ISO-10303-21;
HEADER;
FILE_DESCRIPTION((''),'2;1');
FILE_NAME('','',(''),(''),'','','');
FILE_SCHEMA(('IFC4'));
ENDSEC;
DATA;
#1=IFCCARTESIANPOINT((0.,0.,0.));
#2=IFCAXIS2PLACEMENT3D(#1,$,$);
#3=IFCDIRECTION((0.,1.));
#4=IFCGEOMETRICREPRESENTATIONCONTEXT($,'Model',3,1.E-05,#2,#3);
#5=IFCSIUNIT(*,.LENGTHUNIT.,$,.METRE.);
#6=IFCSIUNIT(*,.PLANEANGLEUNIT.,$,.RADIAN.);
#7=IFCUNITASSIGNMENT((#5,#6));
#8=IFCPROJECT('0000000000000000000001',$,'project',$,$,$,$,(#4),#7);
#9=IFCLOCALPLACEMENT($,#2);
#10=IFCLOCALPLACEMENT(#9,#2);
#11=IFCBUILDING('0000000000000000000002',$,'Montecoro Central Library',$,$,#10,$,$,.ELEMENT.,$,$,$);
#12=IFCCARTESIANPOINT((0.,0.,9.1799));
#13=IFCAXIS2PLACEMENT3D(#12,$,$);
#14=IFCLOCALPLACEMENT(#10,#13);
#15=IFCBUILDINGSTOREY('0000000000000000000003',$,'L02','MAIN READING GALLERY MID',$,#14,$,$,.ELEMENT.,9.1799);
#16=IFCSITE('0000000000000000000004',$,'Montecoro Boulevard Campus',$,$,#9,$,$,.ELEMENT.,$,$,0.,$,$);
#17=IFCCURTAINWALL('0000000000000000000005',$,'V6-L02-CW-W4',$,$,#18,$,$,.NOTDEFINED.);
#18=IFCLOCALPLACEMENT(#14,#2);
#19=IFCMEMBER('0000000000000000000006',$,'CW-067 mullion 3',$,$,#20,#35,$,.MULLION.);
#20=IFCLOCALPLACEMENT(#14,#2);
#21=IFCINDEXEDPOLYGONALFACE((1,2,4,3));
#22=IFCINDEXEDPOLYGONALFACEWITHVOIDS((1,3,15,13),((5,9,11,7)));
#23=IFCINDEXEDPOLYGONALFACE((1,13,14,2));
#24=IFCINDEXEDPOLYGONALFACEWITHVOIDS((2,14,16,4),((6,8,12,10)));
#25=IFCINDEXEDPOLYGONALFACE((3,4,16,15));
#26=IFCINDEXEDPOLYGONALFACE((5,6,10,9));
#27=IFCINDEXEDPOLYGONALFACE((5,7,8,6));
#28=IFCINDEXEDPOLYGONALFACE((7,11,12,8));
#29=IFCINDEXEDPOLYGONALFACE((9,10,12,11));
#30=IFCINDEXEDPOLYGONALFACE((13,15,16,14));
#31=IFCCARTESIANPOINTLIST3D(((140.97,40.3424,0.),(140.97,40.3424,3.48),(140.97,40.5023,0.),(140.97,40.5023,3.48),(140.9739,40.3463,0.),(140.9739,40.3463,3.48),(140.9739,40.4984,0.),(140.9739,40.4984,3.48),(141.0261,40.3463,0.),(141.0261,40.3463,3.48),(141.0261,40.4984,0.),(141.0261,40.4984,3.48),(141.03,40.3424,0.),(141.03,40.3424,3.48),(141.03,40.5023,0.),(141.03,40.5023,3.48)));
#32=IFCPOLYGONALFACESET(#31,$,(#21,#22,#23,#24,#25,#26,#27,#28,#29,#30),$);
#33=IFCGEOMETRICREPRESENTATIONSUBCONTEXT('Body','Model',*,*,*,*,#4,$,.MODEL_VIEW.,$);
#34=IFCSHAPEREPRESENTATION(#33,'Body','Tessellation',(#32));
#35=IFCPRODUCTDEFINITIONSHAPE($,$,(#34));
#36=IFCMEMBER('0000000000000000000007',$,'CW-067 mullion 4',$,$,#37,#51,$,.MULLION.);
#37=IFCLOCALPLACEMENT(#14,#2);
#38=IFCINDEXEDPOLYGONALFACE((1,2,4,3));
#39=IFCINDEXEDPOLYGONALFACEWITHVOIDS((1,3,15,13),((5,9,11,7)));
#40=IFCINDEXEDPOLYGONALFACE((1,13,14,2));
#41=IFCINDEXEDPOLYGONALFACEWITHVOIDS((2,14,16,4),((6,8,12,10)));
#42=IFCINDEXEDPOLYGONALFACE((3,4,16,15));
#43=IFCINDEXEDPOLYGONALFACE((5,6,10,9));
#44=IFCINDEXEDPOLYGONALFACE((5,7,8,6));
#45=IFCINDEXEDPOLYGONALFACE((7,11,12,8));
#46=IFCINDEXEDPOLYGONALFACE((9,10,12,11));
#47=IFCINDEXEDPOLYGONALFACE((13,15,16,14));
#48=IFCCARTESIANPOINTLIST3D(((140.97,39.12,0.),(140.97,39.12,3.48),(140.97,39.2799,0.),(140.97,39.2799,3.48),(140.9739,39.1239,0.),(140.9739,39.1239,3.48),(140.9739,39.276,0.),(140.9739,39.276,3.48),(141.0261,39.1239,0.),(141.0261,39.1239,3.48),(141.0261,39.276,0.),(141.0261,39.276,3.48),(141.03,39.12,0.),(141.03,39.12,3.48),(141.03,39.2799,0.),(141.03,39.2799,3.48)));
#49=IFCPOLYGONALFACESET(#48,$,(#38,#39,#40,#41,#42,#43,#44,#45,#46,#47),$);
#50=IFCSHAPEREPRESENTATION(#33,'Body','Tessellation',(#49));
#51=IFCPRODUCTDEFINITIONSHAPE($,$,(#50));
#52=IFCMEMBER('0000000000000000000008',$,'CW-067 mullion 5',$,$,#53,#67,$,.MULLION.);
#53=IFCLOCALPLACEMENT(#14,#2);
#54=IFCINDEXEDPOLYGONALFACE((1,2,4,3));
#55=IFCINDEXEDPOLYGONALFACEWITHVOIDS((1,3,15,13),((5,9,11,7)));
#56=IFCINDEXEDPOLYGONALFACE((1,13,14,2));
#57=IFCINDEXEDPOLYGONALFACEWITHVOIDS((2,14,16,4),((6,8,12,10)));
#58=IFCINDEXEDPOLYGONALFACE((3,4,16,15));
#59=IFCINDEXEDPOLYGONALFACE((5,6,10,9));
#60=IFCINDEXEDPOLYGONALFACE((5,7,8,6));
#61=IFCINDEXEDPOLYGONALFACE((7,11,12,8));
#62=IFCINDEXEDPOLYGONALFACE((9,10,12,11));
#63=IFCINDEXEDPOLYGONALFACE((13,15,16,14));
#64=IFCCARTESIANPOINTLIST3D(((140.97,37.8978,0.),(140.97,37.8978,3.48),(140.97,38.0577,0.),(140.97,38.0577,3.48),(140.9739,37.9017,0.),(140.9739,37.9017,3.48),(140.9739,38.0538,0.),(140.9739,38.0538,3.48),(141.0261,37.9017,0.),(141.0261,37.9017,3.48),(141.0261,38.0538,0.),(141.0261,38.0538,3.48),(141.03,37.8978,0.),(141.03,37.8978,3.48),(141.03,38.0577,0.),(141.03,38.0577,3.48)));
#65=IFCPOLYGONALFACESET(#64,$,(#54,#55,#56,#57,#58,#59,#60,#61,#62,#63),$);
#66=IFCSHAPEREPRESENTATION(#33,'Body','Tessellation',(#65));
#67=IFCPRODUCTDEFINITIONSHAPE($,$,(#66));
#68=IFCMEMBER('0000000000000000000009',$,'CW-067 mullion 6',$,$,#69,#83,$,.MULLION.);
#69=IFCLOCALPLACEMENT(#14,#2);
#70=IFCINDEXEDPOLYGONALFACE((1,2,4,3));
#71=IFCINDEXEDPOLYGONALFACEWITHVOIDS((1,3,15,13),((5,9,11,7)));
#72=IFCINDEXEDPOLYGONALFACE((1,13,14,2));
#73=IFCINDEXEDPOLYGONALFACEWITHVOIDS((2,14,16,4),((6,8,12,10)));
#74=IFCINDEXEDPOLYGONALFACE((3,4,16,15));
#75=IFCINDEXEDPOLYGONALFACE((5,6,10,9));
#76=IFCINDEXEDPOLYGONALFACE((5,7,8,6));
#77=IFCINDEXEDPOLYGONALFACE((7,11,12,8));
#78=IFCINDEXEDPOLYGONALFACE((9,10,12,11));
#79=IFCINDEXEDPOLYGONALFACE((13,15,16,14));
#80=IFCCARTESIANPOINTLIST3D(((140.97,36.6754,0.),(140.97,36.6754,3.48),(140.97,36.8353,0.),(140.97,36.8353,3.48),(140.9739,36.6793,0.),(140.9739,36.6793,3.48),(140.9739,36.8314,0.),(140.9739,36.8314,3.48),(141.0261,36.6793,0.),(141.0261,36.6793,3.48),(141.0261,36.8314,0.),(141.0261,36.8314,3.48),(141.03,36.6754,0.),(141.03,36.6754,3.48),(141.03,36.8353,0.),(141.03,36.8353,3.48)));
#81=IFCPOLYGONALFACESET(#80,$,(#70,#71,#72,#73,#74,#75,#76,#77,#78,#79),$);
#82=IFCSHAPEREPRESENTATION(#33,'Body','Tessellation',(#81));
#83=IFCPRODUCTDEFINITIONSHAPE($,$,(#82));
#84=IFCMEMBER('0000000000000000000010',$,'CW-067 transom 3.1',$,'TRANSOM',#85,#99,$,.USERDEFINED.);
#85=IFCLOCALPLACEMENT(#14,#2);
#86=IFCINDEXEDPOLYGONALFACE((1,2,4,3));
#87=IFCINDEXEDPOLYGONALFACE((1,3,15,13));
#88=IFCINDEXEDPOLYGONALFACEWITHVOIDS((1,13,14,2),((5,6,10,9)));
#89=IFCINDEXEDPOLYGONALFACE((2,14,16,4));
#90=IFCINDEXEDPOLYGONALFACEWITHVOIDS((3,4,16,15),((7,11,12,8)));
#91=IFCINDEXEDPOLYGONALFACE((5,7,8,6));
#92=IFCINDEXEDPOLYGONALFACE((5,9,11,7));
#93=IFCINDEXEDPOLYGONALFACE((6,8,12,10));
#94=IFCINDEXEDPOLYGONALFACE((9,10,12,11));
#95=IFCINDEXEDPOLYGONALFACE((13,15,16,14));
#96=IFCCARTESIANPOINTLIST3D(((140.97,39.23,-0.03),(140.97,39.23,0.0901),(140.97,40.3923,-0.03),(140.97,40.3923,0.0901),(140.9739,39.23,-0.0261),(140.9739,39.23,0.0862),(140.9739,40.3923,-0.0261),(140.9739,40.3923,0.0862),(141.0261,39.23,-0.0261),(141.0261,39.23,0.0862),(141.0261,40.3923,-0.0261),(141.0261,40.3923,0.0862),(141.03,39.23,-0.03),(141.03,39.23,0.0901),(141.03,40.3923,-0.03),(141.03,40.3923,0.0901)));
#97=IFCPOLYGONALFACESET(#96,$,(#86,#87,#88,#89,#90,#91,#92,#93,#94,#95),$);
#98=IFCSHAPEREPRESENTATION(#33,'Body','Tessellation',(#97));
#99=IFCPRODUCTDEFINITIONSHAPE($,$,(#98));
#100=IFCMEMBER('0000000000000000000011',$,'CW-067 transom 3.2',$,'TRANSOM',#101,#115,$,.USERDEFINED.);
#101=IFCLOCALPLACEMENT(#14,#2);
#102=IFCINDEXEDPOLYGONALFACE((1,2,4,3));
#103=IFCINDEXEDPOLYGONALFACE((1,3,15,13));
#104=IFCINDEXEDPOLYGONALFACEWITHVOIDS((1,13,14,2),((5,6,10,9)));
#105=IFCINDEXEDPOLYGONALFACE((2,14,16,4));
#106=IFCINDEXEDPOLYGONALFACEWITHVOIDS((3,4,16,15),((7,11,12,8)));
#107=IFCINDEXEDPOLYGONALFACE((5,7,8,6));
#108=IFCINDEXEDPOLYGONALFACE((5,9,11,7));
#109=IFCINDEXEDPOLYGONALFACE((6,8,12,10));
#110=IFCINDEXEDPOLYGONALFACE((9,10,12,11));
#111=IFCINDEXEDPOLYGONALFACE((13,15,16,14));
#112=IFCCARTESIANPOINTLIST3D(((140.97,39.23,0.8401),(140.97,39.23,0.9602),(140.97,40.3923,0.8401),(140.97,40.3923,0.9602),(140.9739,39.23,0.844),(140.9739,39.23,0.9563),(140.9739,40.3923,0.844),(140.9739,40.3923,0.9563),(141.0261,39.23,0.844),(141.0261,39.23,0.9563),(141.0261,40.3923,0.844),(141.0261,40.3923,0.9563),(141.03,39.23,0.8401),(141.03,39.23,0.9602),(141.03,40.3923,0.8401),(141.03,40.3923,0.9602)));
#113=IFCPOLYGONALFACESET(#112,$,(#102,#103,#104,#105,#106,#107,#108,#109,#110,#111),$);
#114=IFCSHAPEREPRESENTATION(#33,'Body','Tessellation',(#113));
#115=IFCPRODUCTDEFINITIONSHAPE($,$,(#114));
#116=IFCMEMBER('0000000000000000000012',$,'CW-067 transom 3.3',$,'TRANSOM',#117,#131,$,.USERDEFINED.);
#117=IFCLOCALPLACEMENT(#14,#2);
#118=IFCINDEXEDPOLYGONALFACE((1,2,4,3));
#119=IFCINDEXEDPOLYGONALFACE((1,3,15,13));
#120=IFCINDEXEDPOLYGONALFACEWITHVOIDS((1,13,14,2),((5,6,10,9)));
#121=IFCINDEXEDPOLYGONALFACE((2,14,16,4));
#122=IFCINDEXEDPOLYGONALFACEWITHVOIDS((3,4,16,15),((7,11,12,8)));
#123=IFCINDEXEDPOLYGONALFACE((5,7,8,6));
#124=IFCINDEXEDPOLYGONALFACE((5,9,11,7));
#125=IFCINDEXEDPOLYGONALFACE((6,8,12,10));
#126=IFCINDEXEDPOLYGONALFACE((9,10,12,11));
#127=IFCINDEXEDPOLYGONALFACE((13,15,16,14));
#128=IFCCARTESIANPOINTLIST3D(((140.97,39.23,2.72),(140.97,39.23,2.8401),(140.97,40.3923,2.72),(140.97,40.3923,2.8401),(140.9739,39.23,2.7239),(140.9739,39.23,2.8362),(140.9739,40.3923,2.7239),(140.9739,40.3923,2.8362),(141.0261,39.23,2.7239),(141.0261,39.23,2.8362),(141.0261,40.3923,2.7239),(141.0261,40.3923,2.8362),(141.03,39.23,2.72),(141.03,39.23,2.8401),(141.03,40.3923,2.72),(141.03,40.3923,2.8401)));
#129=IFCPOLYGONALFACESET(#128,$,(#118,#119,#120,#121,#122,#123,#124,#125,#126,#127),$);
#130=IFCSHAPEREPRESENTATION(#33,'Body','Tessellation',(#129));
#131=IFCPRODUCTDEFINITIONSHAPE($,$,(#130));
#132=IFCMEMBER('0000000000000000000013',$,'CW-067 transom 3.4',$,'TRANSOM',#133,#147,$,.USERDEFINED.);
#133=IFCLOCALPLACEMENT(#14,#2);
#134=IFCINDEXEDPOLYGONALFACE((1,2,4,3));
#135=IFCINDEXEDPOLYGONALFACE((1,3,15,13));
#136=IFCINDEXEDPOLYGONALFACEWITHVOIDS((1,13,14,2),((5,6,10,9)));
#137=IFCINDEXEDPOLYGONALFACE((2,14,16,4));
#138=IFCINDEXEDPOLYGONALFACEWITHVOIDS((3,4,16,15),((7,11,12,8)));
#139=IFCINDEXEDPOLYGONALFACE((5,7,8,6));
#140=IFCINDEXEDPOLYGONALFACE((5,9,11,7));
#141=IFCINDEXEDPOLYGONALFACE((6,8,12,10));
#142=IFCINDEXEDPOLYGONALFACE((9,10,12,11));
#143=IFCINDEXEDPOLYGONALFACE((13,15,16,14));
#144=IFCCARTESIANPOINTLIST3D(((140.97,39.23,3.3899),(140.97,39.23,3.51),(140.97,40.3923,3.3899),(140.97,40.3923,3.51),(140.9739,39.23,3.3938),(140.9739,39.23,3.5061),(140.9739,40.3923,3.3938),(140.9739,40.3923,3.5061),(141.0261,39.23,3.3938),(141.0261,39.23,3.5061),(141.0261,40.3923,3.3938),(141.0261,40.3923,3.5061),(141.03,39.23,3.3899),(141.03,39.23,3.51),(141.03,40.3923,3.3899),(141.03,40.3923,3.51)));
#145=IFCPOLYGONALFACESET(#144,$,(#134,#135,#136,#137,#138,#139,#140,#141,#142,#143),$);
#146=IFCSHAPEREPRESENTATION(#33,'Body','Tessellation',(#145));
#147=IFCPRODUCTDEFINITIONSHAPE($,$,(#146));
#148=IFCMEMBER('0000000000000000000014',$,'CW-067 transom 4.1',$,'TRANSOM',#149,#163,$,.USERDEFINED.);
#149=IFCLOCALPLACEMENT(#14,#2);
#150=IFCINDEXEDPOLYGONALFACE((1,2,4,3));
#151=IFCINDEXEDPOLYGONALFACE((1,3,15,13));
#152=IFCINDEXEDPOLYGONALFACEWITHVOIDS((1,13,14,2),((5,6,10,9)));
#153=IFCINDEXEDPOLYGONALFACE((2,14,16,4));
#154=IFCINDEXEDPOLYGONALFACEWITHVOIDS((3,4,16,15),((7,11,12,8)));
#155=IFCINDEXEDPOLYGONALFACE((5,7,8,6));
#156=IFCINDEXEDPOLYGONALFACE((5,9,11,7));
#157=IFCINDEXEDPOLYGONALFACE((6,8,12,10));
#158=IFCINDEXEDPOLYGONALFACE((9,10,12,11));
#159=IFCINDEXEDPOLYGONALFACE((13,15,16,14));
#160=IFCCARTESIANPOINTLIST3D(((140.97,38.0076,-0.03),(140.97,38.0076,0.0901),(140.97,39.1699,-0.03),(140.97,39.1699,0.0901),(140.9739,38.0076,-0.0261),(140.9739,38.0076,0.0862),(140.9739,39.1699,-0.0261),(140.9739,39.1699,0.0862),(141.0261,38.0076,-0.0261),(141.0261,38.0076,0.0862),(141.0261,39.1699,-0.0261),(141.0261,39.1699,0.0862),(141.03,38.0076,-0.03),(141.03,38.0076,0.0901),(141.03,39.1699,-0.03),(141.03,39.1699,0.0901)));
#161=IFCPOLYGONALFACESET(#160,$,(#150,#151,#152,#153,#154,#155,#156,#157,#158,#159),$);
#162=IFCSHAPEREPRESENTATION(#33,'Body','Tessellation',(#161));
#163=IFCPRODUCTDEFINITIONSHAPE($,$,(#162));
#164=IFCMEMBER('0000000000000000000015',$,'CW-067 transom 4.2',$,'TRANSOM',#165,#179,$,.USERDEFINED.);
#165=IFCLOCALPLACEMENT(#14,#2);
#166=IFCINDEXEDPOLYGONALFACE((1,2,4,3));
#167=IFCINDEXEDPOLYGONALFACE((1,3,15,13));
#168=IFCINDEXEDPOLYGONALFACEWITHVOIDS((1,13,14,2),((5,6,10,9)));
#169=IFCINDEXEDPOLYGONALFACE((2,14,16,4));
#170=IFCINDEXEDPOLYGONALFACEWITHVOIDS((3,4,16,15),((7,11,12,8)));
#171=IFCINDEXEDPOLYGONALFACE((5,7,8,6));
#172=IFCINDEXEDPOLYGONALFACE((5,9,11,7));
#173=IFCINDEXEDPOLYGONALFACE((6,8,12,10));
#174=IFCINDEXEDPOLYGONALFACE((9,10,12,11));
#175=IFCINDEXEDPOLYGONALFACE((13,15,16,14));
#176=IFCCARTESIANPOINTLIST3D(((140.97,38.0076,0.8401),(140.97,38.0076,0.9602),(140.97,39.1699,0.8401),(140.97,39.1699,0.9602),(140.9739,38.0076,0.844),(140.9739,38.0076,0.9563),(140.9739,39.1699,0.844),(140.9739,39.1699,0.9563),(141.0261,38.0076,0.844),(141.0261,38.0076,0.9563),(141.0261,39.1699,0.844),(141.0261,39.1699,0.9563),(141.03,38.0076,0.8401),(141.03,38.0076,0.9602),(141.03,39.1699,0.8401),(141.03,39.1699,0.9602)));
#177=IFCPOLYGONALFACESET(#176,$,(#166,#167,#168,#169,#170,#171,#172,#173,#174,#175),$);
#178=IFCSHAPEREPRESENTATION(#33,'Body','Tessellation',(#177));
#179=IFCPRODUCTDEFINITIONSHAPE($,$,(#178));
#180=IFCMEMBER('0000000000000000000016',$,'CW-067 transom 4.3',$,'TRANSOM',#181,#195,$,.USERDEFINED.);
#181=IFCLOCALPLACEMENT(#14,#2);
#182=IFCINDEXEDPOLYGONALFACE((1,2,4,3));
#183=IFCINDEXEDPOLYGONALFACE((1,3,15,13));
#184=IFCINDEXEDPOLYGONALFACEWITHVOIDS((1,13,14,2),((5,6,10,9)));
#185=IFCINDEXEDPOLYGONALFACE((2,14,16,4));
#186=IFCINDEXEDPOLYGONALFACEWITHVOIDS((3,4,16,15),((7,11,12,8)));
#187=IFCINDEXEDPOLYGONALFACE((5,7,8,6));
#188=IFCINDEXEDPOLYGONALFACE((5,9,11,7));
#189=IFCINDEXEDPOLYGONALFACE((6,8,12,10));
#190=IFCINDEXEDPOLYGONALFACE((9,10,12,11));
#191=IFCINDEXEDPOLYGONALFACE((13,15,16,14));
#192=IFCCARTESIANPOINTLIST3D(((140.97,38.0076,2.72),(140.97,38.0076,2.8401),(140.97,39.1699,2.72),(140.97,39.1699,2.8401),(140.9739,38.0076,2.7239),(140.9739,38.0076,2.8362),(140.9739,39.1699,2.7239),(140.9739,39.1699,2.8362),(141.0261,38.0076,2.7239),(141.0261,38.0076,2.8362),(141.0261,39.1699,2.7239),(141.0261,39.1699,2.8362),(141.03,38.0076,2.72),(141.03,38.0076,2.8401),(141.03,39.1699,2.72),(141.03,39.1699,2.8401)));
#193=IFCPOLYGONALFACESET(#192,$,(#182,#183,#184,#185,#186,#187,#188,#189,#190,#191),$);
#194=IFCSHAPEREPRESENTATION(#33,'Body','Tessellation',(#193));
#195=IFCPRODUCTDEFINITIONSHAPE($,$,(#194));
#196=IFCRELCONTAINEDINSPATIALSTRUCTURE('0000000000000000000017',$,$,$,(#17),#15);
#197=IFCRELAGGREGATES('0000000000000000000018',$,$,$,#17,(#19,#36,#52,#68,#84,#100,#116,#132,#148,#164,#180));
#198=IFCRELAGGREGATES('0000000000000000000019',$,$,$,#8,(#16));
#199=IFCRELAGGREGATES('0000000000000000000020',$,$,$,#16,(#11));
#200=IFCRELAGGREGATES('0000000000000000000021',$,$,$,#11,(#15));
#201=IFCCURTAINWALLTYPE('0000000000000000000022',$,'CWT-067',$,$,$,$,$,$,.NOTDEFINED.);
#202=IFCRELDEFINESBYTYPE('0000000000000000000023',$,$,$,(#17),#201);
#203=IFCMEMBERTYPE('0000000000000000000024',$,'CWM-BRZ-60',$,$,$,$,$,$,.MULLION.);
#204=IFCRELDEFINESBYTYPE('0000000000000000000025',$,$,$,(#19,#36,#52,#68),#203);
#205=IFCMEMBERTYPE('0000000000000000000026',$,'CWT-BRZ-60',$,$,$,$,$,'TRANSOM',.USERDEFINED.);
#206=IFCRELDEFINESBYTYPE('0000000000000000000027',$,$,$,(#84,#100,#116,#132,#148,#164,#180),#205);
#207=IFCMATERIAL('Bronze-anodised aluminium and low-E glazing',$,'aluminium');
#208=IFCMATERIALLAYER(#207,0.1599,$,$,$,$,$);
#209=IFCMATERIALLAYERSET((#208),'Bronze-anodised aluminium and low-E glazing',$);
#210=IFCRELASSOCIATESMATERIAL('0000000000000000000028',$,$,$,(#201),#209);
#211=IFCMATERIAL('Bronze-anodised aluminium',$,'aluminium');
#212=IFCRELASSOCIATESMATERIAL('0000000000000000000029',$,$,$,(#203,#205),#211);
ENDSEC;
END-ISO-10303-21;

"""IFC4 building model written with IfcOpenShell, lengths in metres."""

from ifc_helpers import new_model, si_unit, direction, frame, origin, origin_2d, place, context, subcontext, project, spatial, hollow_rectangle, extrude, material, layer, layer_set, material_profile, profile_set, type_object, element, aggregate, save


model = new_model("IFC4")

# Units and contexts
model_context = context("Model", 3, precision=1e-05, world=origin(), true_north=direction((0.0, 1.0)))
body_context = subcontext(model_context, "Body", "Model", "MODEL_VIEW")
ifc_project = project(units=[si_unit("LENGTHUNIT", "METRE"), si_unit("PLANEANGLEUNIT", "RADIAN")], contexts=[model_context])

# Site, building, storey
site_placement = place(None, origin())
site = spatial("IfcSite", under=ifc_project, at=site_placement, Name="Montecoro Boulevard Campus", CompositionType="ELEMENT", RefElevation=0.0)
building_placement = place(site_placement, origin())
building = spatial("IfcBuilding", under=site, at=building_placement, Name="Montecoro Central Library", CompositionType="ELEMENT")
storey_placement = place(building_placement, frame((0.0, 0.0, 9.1799)))
storey = spatial("IfcBuildingStorey", under=building, at=storey_placement, Name="L02", Description="MAIN READING GALLERY MID", CompositionType="ELEMENT", Elevation=9.1799)

# Curtain wall, members
ifc_material_1 = material(Name="Bronze-anodised aluminium and low-E glazing", Category="aluminium")
ifc_layer_1 = layer(ifc_material_1, 0.1599)
ifc_layer_set_1 = layer_set([ifc_layer_1], Name="Bronze-anodised aluminium and low-E glazing")
curtain_wall_type = type_object("IfcCurtainWallType", Name="CWT-067", PredefinedType="NOTDEFINED", material=ifc_layer_set_1)
curtain_wall_placement = place(storey_placement, origin())
curtain_wall = element("IfcCurtainWall", 1, at=curtain_wall_placement, inside=storey, type_object=curtain_wall_type, Name="V6-L02-CW-W4", PredefinedType="NOTDEFINED")
ifc_material_2 = material(Name="Bronze-anodised aluminium", Category="aluminium")
ifc_material_profile_1 = material_profile(ifc_material_2, hollow_rectangle(XDim=0.0601, YDim=0.1599, WallThickness=0.0039, at=origin_2d()), Name="CWM 160x60x4.0")
ifc_profile_set_1 = profile_set([ifc_material_profile_1], Name="Bronze-anodised aluminium")
member_type_1 = type_object("IfcMemberType", Name="CWM-BRZ-60", PredefinedType="MULLION", material=ifc_profile_set_1)
member_1_placement = place(storey_placement, frame((141.0, 40.4224, 0.0), z_axis=(0.0, 0.0, 1.0), x_axis=(1.0, 0.0, 0.0)))
member_1 = element("IfcMember", 2, at=member_1_placement, type_object=member_type_1, Name="CW-067 mullion 3", PredefinedType="MULLION", context=body_context, shape_type="SweptSolid", body=[
    extrude(hollow_rectangle(XDim=0.0601, YDim=0.1599, WallThickness=0.0039, at=origin_2d()), origin(), (0.0, 0.0, 1.0), 3.48),
])
member_2_placement = place(storey_placement, frame((141.0, 39.2, 0.0), z_axis=(0.0, 0.0, 1.0), x_axis=(1.0, 0.0, 0.0)))
member_2 = element("IfcMember", 3, at=member_2_placement, type_object=member_type_1, Name="CW-067 mullion 4", PredefinedType="MULLION", context=body_context, shape_type="SweptSolid", body=[
    extrude(hollow_rectangle(XDim=0.0601, YDim=0.1599, WallThickness=0.0039, at=origin_2d()), origin(), (0.0, 0.0, 1.0), 3.48),
])
member_3_placement = place(storey_placement, frame((141.0, 37.9778, 0.0), z_axis=(0.0, 0.0, 1.0), x_axis=(1.0, 0.0, 0.0)))
member_3 = element("IfcMember", 4, at=member_3_placement, type_object=member_type_1, Name="CW-067 mullion 5", PredefinedType="MULLION", context=body_context, shape_type="SweptSolid", body=[
    extrude(hollow_rectangle(XDim=0.0601, YDim=0.1599, WallThickness=0.0039, at=origin_2d()), origin(), (0.0, 0.0, 1.0), 3.48),
])
member_4_placement = place(storey_placement, frame((141.0, 36.7554, 0.0), z_axis=(0.0, 0.0, 1.0), x_axis=(1.0, 0.0, 0.0)))
member_4 = element("IfcMember", 5, at=member_4_placement, type_object=member_type_1, Name="CW-067 mullion 6", PredefinedType="MULLION", context=body_context, shape_type="SweptSolid", body=[
    extrude(hollow_rectangle(XDim=0.0601, YDim=0.1599, WallThickness=0.0039, at=origin_2d()), origin(), (0.0, 0.0, 1.0), 3.48),
])
ifc_material_profile_2 = material_profile(ifc_material_2, hollow_rectangle(XDim=0.0601, YDim=0.1201, WallThickness=0.0039, at=origin_2d()), Name="CWT 120x60x4.0")
ifc_profile_set_2 = profile_set([ifc_material_profile_2], Name="Bronze-anodised aluminium")
member_type_2 = type_object("IfcMemberType", Name="CWT-BRZ-60", ElementType="TRANSOM", PredefinedType="USERDEFINED", material=ifc_profile_set_2)
member_5_placement = place(storey_placement, frame((141.0, 40.3923, 0.03), z_axis=(0.0, -1.0, 0.0), x_axis=(1.0, 0.0, 0.0)))
member_5 = element("IfcMember", 6, at=member_5_placement, type_object=member_type_2, Name="CW-067 transom 3.1", ObjectType="TRANSOM", PredefinedType="USERDEFINED", context=body_context, shape_type="SweptSolid", body=[
    extrude(hollow_rectangle(XDim=0.0601, YDim=0.1201, WallThickness=0.0039, at=origin_2d()), origin(), (0.0, 0.0, 1.0), 1.1624),
])
member_6_placement = place(storey_placement, frame((141.0, 40.3923, 0.9001), z_axis=(0.0, -1.0, 0.0), x_axis=(1.0, 0.0, 0.0)))
member_6 = element("IfcMember", 7, at=member_6_placement, type_object=member_type_2, Name="CW-067 transom 3.2", ObjectType="TRANSOM", PredefinedType="USERDEFINED", context=body_context, shape_type="SweptSolid", body=[
    extrude(hollow_rectangle(XDim=0.0601, YDim=0.1201, WallThickness=0.0039, at=origin_2d()), origin(), (0.0, 0.0, 1.0), 1.1624),
])
member_7_placement = place(storey_placement, frame((141.0, 40.3923, 2.78), z_axis=(0.0, -1.0, 0.0), x_axis=(1.0, 0.0, 0.0)))
member_7 = element("IfcMember", 8, at=member_7_placement, type_object=member_type_2, Name="CW-067 transom 3.3", ObjectType="TRANSOM", PredefinedType="USERDEFINED", context=body_context, shape_type="SweptSolid", body=[
    extrude(hollow_rectangle(XDim=0.0601, YDim=0.1201, WallThickness=0.0039, at=origin_2d()), origin(), (0.0, 0.0, 1.0), 1.1624),
])
member_8_placement = place(storey_placement, frame((141.0, 40.3923, 3.45), z_axis=(0.0, -1.0, 0.0), x_axis=(1.0, 0.0, 0.0)))
member_8 = element("IfcMember", 9, at=member_8_placement, type_object=member_type_2, Name="CW-067 transom 3.4", ObjectType="TRANSOM", PredefinedType="USERDEFINED", context=body_context, shape_type="SweptSolid", body=[
    extrude(hollow_rectangle(XDim=0.0601, YDim=0.1201, WallThickness=0.0039, at=origin_2d()), origin(), (0.0, 0.0, 1.0), 1.1624),
])
member_9_placement = place(storey_placement, frame((141.0, 39.1699, 0.03), z_axis=(0.0, -1.0, 0.0), x_axis=(1.0, 0.0, 0.0)))
member_9 = element("IfcMember", 10, at=member_9_placement, type_object=member_type_2, Name="CW-067 transom 4.1", ObjectType="TRANSOM", PredefinedType="USERDEFINED", context=body_context, shape_type="SweptSolid", body=[
    extrude(hollow_rectangle(XDim=0.0601, YDim=0.1201, WallThickness=0.0039, at=origin_2d()), origin(), (0.0, 0.0, 1.0), 1.1624),
])
member_10_placement = place(storey_placement, frame((141.0, 39.1699, 0.9001), z_axis=(0.0, -1.0, 0.0), x_axis=(1.0, 0.0, 0.0)))
member_10 = element("IfcMember", 11, at=member_10_placement, type_object=member_type_2, Name="CW-067 transom 4.2", ObjectType="TRANSOM", PredefinedType="USERDEFINED", context=body_context, shape_type="SweptSolid", body=[
    extrude(hollow_rectangle(XDim=0.0601, YDim=0.1201, WallThickness=0.0039, at=origin_2d()), origin(), (0.0, 0.0, 1.0), 1.1624),
])
member_11_placement = place(storey_placement, frame((141.0, 39.1699, 2.78), z_axis=(0.0, -1.0, 0.0), x_axis=(1.0, 0.0, 0.0)))
member_11 = element("IfcMember", 12, at=member_11_placement, type_object=member_type_2, Name="CW-067 transom 4.3", ObjectType="TRANSOM", PredefinedType="USERDEFINED", context=body_context, shape_type="SweptSolid", body=[
    extrude(hollow_rectangle(XDim=0.0601, YDim=0.1201, WallThickness=0.0039, at=origin_2d()), origin(), (0.0, 0.0, 1.0), 1.1624),
])
aggregate(curtain_wall, [member_1, member_2, member_3, member_4, member_5, member_6, member_7, member_8, member_9, member_10, member_11])

save(model, "model.ifc")
